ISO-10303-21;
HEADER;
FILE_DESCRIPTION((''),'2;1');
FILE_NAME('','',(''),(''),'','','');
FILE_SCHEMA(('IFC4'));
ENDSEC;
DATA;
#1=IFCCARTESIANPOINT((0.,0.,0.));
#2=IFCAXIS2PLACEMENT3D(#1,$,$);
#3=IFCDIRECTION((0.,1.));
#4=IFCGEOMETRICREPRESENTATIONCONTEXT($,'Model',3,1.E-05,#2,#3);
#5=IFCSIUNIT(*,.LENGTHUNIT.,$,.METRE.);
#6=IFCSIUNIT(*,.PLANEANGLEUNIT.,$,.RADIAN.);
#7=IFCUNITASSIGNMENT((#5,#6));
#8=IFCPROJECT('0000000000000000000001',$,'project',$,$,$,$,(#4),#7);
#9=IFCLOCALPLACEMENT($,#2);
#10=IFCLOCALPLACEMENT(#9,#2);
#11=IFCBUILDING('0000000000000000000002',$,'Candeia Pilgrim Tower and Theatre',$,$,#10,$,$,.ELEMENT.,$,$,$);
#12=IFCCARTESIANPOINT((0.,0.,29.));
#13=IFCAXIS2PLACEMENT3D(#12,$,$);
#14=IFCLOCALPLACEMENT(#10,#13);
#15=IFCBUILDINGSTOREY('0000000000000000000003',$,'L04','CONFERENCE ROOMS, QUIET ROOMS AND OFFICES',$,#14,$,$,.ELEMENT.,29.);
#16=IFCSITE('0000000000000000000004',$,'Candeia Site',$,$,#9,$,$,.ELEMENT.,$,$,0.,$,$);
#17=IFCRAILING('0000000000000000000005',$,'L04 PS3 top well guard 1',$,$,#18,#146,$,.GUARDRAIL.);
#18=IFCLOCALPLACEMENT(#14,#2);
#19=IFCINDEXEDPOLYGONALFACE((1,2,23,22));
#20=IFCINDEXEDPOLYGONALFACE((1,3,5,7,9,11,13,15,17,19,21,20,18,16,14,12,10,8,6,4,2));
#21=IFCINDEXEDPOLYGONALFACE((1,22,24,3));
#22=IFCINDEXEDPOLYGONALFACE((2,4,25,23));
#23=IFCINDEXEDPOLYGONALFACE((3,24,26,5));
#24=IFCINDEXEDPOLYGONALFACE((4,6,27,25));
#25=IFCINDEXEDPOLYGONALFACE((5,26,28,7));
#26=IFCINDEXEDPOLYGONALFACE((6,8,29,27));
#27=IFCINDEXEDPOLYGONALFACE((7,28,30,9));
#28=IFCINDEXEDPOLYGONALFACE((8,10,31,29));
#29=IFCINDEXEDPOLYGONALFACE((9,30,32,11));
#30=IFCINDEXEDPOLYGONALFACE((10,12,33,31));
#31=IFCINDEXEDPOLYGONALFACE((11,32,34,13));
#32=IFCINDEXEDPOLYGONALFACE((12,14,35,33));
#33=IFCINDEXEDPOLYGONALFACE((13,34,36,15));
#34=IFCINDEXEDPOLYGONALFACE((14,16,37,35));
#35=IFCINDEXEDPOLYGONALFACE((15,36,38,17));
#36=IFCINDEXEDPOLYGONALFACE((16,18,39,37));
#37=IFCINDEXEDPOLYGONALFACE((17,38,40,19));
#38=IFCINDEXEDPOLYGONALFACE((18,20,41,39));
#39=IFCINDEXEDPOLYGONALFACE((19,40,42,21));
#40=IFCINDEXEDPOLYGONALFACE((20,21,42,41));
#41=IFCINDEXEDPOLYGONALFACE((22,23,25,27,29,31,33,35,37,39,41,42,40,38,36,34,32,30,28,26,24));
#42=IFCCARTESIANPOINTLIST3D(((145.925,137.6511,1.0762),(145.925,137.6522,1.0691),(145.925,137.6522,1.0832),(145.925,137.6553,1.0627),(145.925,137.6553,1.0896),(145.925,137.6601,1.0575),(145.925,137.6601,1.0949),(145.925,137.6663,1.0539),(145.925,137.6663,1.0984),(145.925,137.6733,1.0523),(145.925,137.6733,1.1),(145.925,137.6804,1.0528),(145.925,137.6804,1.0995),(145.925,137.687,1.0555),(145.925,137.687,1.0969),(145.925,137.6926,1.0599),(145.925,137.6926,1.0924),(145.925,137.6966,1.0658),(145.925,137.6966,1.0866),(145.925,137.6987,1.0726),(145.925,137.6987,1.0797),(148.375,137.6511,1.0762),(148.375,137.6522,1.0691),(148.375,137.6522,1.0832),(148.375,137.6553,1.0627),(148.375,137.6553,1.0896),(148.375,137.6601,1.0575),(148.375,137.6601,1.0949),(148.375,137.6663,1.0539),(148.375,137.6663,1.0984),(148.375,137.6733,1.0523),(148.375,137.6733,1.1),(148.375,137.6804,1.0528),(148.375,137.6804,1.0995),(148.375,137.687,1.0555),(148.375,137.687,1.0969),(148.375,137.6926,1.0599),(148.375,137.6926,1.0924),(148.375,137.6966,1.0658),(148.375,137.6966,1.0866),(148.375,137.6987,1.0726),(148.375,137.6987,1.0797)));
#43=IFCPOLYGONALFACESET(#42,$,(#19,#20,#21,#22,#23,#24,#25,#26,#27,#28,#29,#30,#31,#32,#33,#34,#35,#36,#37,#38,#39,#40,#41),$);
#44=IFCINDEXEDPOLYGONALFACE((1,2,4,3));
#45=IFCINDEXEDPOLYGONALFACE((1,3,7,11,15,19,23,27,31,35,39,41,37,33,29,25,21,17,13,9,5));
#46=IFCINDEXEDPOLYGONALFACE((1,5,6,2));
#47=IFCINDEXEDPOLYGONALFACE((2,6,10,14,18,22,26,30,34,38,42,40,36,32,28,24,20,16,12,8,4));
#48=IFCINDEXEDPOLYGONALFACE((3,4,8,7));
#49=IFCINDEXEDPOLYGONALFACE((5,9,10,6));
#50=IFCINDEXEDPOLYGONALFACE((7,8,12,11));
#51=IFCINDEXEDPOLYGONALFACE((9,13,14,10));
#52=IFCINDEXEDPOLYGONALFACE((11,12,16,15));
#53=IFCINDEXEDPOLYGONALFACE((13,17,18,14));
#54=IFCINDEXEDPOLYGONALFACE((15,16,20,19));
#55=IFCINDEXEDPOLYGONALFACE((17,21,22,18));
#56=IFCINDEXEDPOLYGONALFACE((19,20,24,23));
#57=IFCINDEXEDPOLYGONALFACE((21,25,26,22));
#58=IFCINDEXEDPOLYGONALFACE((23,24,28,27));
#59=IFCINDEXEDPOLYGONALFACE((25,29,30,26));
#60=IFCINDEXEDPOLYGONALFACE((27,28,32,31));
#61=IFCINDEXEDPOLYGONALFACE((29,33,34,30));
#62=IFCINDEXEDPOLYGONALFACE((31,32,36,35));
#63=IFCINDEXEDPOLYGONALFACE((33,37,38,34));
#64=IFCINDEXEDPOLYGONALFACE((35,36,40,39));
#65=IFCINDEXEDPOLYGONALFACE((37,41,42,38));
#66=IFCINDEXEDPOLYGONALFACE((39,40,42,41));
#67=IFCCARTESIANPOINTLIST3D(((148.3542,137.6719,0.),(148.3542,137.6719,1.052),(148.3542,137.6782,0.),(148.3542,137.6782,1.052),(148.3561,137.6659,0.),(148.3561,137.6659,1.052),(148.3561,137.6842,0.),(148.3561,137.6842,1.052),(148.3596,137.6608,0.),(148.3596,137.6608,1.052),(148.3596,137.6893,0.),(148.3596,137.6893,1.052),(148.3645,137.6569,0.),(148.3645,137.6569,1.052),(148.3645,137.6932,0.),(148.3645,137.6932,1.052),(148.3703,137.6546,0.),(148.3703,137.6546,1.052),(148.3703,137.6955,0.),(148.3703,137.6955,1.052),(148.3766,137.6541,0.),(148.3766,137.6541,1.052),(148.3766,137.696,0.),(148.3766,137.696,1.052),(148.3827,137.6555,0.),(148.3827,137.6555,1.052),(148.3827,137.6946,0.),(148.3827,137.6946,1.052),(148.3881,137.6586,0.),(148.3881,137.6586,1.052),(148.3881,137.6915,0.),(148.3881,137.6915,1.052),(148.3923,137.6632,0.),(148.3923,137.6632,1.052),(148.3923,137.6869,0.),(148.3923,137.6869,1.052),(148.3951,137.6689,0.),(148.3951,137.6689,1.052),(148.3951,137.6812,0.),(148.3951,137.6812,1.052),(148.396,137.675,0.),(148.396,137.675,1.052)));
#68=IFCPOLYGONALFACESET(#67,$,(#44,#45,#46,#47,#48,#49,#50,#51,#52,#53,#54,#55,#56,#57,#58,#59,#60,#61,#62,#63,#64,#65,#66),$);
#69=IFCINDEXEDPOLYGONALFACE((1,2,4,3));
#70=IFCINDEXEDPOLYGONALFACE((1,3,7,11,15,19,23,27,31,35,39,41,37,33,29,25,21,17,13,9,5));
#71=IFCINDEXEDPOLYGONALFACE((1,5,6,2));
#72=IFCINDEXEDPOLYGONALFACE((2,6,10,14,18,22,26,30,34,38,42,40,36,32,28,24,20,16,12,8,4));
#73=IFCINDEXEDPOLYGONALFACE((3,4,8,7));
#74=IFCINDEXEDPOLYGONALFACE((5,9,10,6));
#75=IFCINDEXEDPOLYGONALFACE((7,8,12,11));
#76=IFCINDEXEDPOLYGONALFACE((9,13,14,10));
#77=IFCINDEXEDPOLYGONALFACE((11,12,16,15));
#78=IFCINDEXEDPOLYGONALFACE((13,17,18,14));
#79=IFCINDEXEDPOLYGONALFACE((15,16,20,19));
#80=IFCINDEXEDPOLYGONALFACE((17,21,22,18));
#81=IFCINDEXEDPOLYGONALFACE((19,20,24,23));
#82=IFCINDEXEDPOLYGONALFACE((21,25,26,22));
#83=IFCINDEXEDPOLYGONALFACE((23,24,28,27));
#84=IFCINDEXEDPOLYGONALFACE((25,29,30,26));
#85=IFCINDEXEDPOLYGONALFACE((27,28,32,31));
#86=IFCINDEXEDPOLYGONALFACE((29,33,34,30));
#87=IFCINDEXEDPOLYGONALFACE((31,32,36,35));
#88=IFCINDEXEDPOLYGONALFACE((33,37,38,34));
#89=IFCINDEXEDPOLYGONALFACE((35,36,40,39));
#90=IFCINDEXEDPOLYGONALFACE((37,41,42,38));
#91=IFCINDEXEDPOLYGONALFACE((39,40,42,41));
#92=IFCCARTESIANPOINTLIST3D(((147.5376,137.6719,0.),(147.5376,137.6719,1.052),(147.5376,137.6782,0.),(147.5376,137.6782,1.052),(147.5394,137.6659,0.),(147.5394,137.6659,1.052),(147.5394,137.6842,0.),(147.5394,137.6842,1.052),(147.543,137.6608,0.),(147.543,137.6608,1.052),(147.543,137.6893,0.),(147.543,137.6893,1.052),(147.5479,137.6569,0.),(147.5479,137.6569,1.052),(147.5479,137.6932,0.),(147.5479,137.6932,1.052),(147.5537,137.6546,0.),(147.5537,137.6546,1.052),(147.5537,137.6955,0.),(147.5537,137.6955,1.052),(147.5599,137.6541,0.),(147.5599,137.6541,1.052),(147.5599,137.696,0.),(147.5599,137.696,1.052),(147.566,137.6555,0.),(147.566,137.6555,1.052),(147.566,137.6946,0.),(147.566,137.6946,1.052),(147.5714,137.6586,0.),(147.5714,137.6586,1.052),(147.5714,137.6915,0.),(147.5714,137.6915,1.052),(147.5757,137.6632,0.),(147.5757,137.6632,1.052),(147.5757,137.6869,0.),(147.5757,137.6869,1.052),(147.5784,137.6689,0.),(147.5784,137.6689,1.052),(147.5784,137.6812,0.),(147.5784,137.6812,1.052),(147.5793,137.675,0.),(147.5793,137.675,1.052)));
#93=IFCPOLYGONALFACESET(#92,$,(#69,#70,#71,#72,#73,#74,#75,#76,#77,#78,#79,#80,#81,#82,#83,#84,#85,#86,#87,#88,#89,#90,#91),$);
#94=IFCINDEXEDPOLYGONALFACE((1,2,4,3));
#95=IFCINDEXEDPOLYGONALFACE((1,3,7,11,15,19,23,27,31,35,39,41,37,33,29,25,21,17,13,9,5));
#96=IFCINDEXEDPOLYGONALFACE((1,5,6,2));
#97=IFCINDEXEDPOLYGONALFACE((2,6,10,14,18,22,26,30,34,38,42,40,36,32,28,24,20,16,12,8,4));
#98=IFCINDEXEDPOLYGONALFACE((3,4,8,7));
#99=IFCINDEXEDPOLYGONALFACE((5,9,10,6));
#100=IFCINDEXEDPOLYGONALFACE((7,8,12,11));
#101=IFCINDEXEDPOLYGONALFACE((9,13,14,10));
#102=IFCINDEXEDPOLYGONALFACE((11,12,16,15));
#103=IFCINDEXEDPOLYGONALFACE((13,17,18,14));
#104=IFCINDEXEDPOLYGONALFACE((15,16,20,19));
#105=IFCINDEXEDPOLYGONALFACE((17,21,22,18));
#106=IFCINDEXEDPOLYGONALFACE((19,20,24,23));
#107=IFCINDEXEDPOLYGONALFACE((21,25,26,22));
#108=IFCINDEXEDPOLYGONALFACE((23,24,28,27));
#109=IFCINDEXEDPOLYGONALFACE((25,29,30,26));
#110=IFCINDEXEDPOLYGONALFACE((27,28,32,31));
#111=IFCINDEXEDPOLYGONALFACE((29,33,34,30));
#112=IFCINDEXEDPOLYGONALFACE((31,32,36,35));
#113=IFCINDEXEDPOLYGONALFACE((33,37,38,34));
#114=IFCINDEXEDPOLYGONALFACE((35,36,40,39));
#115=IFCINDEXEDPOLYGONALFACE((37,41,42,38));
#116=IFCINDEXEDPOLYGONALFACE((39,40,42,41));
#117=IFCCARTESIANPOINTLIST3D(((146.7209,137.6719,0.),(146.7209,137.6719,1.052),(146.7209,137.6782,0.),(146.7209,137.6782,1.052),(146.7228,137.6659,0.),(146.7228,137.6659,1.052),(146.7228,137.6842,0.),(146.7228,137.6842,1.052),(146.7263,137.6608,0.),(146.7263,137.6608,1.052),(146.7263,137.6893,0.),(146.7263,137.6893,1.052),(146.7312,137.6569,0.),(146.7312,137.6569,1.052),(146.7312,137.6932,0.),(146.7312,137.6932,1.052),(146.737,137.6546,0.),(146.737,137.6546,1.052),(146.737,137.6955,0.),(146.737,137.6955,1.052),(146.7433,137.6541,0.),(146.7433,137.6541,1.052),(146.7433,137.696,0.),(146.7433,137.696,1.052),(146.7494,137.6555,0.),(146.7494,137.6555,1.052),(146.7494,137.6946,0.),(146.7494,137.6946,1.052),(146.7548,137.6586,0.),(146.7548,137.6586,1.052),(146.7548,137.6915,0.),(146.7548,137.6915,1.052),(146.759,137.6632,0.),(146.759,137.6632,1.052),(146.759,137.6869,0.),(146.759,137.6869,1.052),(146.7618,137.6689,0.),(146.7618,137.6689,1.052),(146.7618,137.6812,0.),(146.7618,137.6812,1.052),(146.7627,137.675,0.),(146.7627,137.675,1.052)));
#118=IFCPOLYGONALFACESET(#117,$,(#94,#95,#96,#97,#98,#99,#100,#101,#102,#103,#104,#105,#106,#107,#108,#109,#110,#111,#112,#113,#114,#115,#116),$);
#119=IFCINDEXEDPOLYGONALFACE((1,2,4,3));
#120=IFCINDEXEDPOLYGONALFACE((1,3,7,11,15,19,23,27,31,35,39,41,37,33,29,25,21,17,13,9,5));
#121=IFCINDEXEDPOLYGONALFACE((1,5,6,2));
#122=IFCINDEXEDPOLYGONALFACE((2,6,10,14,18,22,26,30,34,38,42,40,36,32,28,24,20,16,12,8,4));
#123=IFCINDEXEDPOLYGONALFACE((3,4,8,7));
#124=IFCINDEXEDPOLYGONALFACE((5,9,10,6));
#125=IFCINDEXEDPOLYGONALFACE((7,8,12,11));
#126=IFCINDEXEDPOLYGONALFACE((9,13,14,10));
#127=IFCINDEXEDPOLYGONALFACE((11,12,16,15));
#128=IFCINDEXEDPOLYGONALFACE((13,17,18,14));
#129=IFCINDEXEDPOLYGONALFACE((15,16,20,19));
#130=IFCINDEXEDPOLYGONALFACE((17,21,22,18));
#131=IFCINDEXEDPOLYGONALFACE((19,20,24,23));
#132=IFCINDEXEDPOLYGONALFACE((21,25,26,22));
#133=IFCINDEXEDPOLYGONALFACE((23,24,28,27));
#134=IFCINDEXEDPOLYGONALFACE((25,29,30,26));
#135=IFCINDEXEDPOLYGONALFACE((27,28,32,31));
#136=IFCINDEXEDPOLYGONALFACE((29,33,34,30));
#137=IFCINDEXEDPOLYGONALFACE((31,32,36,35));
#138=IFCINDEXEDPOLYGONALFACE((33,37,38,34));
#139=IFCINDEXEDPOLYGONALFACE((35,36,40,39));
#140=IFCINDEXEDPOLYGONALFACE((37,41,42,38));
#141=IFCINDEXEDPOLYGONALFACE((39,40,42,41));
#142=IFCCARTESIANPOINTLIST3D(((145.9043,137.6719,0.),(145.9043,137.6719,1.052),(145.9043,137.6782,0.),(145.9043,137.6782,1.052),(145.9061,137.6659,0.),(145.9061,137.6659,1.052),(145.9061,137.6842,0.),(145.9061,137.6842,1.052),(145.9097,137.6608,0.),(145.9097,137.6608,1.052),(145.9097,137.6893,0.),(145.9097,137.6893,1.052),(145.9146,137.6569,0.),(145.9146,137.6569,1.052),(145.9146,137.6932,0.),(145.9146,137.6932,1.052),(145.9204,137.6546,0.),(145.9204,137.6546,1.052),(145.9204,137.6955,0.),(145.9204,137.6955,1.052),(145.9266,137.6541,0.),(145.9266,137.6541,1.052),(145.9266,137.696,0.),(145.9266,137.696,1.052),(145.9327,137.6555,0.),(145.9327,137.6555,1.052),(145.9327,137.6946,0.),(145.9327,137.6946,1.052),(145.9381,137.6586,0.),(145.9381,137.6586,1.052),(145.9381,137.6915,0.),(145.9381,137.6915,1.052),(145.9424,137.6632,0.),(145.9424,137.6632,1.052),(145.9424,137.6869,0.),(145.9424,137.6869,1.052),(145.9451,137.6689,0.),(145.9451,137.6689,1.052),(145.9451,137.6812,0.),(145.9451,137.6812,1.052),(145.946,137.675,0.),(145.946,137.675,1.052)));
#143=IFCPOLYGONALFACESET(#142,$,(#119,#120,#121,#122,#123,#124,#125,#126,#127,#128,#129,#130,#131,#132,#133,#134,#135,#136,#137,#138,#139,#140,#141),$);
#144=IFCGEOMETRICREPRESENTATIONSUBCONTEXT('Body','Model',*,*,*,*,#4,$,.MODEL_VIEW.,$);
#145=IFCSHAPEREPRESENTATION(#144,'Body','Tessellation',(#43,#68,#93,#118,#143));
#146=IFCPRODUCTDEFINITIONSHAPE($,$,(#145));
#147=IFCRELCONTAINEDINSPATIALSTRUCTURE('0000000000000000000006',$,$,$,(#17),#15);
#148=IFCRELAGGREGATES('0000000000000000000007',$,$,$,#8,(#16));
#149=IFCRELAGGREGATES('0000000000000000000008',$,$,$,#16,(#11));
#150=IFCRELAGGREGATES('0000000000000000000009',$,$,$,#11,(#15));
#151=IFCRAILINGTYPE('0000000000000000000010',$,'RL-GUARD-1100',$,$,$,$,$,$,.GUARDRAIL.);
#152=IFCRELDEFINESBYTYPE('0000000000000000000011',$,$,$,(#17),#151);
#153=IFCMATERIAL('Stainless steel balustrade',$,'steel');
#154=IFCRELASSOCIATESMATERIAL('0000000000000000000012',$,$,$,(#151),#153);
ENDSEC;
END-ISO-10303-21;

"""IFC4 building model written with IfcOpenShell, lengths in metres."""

from ifc_helpers import new_model, si_unit, direction, frame, origin, origin_2d, place, context, subcontext, project, spatial, circle, extrude, material, type_object, element, save


model = new_model("IFC4")

# Units and contexts
model_context = context("Model", 3, precision=1e-05, world=origin(), true_north=direction((0.0, 1.0)))
body_context = subcontext(model_context, "Body", "Model", "MODEL_VIEW")
ifc_project = project(units=[si_unit("LENGTHUNIT", "METRE"), si_unit("PLANEANGLEUNIT", "RADIAN")], contexts=[model_context])

# Site, building, storey
site_placement = place(None, origin())
site = spatial("IfcSite", under=ifc_project, at=site_placement, Name="Candeia Site", CompositionType="ELEMENT", RefElevation=0.0)
building_placement = place(site_placement, origin())
building = spatial("IfcBuilding", under=site, at=building_placement, Name="Candeia Pilgrim Tower and Theatre", CompositionType="ELEMENT")
storey_placement = place(building_placement, frame((0.0, 0.0, 29.0)))
storey = spatial("IfcBuildingStorey", under=building, at=storey_placement, Name="L04", Description="CONFERENCE ROOMS, QUIET ROOMS AND OFFICES", CompositionType="ELEMENT", Elevation=29.0)

# Railing
ifc_material_1 = material(Name="Stainless steel balustrade", Category="steel")
railing_type = type_object("IfcRailingType", Name="RL-GUARD-1100", PredefinedType="GUARDRAIL", material=ifc_material_1)
railing_placement = place(storey_placement, frame((148.375, 137.675, 0.0)))
element("IfcRailing", 1, at=railing_placement, inside=storey, type_object=railing_type, Name="L04 PS3 top well guard 1", PredefinedType="GUARDRAIL", context=body_context, shape_type="SweptSolid", body=[
    extrude(circle(Radius=0.0239, at=origin_2d()), frame((0.0, 0.0, 1.0762), z_axis=(-1.0, 0.0, 0.0), x_axis=(0.0, -1.0, 0.0)), (0.0, 0.0, 1.0), 2.45),
    extrude(circle(Radius=0.021, at=origin_2d()), origin(), (0.0, 0.0, 1.0), 1.052),
    extrude(circle(Radius=0.021, at=origin_2d()), frame((-0.8167, 0.0, 0.0)), (0.0, 0.0, 1.0), 1.052),
    extrude(circle(Radius=0.021, at=origin_2d()), frame((-1.6333, 0.0, 0.0)), (0.0, 0.0, 1.0), 1.052),
    extrude(circle(Radius=0.021, at=origin_2d()), frame((-2.45, 0.0, 0.0)), (0.0, 0.0, 1.0), 1.052),
])

save(model, "model.ifc")
